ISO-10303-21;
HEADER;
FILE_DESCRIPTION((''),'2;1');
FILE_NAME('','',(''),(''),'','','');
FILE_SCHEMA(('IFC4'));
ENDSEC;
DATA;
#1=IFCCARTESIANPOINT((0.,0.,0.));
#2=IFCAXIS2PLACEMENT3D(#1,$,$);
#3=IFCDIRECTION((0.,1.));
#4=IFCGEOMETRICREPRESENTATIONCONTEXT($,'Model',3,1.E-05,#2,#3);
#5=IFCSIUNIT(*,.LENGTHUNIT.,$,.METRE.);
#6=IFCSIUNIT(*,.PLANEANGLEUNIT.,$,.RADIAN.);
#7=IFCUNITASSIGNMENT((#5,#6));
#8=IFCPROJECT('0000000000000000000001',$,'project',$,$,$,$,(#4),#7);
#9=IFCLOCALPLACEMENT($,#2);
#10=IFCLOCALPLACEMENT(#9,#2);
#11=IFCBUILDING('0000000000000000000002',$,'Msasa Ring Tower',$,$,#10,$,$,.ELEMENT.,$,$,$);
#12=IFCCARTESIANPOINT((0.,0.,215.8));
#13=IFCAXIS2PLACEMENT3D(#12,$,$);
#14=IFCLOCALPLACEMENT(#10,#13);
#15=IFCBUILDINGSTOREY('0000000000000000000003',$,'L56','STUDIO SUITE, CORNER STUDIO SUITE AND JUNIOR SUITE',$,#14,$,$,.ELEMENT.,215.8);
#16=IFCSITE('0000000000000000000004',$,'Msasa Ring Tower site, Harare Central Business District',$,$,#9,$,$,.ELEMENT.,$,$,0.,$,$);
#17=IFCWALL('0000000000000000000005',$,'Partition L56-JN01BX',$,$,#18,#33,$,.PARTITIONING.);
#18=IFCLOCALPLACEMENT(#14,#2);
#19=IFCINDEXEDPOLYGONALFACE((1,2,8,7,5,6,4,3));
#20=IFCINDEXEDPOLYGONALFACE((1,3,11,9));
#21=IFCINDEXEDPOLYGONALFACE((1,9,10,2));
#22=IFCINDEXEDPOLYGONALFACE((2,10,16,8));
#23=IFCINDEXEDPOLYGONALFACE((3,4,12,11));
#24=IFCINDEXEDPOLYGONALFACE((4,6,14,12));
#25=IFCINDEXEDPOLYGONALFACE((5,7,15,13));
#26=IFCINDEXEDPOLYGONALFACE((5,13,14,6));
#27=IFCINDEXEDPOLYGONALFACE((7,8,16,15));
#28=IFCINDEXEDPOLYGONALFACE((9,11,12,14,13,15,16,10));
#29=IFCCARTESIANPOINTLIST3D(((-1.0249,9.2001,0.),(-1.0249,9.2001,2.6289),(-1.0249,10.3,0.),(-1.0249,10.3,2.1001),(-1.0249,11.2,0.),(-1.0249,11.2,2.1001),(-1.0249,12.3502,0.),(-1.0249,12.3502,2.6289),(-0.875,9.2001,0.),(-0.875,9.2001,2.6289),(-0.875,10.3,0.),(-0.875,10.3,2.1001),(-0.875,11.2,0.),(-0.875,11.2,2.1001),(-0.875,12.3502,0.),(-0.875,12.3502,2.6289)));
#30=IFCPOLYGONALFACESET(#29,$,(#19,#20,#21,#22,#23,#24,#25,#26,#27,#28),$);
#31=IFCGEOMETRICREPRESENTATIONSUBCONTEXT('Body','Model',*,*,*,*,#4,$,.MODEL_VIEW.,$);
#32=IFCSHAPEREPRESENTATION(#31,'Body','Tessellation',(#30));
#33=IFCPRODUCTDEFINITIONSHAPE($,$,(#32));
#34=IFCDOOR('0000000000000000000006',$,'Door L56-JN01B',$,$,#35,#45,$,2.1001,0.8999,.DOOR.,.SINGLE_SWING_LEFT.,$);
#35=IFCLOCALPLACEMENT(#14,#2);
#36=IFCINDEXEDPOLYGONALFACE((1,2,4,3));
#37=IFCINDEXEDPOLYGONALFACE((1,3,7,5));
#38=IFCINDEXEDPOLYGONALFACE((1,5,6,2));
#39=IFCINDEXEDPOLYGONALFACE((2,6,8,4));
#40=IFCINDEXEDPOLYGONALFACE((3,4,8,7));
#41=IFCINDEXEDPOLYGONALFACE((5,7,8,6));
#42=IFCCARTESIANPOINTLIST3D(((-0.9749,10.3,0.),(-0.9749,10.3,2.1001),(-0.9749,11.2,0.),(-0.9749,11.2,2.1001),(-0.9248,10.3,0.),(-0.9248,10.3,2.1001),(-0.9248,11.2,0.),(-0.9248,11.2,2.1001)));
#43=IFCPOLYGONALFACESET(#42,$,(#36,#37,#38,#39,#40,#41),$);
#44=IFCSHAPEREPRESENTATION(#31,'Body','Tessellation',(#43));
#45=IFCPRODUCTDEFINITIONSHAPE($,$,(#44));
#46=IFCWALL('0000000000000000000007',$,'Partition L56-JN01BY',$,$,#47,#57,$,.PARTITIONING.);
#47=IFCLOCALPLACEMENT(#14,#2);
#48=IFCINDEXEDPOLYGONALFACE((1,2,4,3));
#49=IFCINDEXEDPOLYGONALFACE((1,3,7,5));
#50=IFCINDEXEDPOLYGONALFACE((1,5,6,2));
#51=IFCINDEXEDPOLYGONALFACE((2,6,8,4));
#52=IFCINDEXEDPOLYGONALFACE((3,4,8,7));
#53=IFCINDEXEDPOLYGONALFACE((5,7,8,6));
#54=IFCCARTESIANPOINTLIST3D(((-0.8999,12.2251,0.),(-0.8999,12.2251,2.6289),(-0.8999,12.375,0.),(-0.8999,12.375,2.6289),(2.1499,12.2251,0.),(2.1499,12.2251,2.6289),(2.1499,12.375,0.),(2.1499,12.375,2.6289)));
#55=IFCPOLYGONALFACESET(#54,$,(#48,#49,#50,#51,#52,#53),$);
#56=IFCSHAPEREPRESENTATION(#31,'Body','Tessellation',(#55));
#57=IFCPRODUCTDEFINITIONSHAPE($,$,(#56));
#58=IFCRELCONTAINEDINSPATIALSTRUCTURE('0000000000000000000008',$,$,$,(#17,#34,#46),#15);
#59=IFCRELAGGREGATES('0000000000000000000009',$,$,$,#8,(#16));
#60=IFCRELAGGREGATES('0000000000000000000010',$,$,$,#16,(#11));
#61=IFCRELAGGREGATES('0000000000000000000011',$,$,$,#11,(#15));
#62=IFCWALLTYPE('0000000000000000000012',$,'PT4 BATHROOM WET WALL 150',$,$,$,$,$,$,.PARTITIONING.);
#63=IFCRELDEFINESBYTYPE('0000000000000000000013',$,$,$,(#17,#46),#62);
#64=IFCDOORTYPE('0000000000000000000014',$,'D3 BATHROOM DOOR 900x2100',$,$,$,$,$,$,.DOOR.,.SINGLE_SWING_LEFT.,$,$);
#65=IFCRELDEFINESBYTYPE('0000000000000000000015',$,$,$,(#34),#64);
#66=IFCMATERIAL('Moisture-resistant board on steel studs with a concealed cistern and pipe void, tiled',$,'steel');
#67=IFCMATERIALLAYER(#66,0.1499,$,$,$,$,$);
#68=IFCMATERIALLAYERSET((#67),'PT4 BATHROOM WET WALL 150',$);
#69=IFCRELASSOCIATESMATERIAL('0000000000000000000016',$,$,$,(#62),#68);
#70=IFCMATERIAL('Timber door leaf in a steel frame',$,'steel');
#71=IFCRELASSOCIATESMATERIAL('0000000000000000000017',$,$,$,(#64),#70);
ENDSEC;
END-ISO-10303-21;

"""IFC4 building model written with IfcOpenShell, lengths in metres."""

from ifc_helpers import new_model, si_unit, direction, frame, frame_2d, origin, place, context, subcontext, project, spatial, rectangle, extrude, material, layer, layer_set, type_object, element, fill, save


model = new_model("IFC4")

# Units and contexts
model_context = context("Model", 3, precision=1e-05, world=origin(), true_north=direction((0.0, 1.0)))
body_context = subcontext(model_context, "Body", "Model", "MODEL_VIEW")
ifc_project = project(units=[si_unit("LENGTHUNIT", "METRE"), si_unit("PLANEANGLEUNIT", "RADIAN")], contexts=[model_context])

# Site, building, storey
site_placement = place(None, origin())
site = spatial("IfcSite", under=ifc_project, at=site_placement, Name="Msasa Ring Tower site, Harare Central Business District", CompositionType="ELEMENT", RefElevation=0.0)
building_placement = place(site_placement, origin())
building = spatial("IfcBuilding", under=site, at=building_placement, Name="Msasa Ring Tower", CompositionType="ELEMENT")
storey_placement = place(building_placement, frame((0.0, 0.0, 215.8)))
storey = spatial("IfcBuildingStorey", under=building, at=storey_placement, Name="L56", Description="STUDIO SUITE, CORNER STUDIO SUITE AND JUNIOR SUITE", CompositionType="ELEMENT", Elevation=215.8)

# Shared definitions
ifc_material_1 = material(Name="Moisture-resistant board on steel studs with a concealed cistern and pipe void, tiled", Category="steel")
ifc_layer_1 = layer(ifc_material_1, 0.1499)
ifc_layer_set_1 = layer_set([ifc_layer_1], Name="PT4 BATHROOM WET WALL 150")
wall_type_1 = type_object("IfcWallType", Name="PT4 BATHROOM WET WALL 150", PredefinedType="PARTITIONING", material=ifc_layer_set_1)
ifc_material_2 = material(Name="Timber door leaf in a steel frame", Category="steel")
door_type = type_object("IfcDoorType", Name="D3 BATHROOM DOOR 900x2100", OperationType="SINGLE_SWING_LEFT", PredefinedType="DOOR", material=ifc_material_2)

# Wall, opening, door
wall_1_placement = place(storey_placement, frame((-0.95, 9.2, 0.0), z_axis=(0.0, 0.0, 1.0), x_axis=(0.0, 1.0, 0.0)))
wall_1 = element("IfcWall", 1, at=wall_1_placement, inside=storey, type_object=wall_type_1, Name="Partition L56-JN01BX", PredefinedType="PARTITIONING", context=body_context, shape_type="SweptSolid", body=[
    extrude(rectangle(XDim=3.1501, YDim=0.1499, at=frame_2d((1.5752, 0.0))), origin(), (0.0, 0.0, 1.0), 2.6289),
])
opening_1_placement = place(wall_1_placement, frame((1.1001, 0.0, 0.0)))
opening_1 = element("IfcOpeningElement", 2, at=opening_1_placement, cuts=wall_1, PredefinedType="OPENING", context=body_context, shape_type="SweptSolid", body=[
    extrude(rectangle(XDim=0.8999, YDim=2.1001, at=frame_2d((0.45, 1.05))), frame((0.0, 0.085, 0.0), z_axis=(0.0, -1.0, 0.0), x_axis=(1.0, 0.0, 0.0)), (0.0, 0.0, 1.0), 0.1699),
])
door_1_placement = place(opening_1_placement, origin())
door_1 = element("IfcDoor", 3, at=door_1_placement, inside=storey, type_object=door_type, Name="Door L56-JN01B", OperationType="SINGLE_SWING_LEFT", OverallHeight=2.1001, OverallWidth=0.8999, PredefinedType="DOOR", context=body_context, shape_type="SweptSolid", body=[
    extrude(rectangle(XDim=0.8999, YDim=2.1001, at=frame_2d((0.45, 1.05))), frame((0.0, 0.0249, 0.0), z_axis=(0.0, -1.0, 0.0), x_axis=(1.0, 0.0, 0.0)), (0.0, 0.0, 1.0), 0.05),
])
fill(opening_1, door_1)

# Wall
wall_2_placement = place(storey_placement, frame((-0.8999, 12.3, 0.0), z_axis=(0.0, 0.0, 1.0), x_axis=(1.0, 0.0, 0.0)))
element("IfcWall", 4, at=wall_2_placement, inside=storey, type_object=wall_type_1, Name="Partition L56-JN01BY", PredefinedType="PARTITIONING", context=body_context, shape_type="SweptSolid", body=[
    extrude(rectangle(XDim=3.0498, YDim=0.1499, at=frame_2d((1.5249, 0.0))), origin(), (0.0, 0.0, 1.0), 2.6289),
])

save(model, "model.ifc")
